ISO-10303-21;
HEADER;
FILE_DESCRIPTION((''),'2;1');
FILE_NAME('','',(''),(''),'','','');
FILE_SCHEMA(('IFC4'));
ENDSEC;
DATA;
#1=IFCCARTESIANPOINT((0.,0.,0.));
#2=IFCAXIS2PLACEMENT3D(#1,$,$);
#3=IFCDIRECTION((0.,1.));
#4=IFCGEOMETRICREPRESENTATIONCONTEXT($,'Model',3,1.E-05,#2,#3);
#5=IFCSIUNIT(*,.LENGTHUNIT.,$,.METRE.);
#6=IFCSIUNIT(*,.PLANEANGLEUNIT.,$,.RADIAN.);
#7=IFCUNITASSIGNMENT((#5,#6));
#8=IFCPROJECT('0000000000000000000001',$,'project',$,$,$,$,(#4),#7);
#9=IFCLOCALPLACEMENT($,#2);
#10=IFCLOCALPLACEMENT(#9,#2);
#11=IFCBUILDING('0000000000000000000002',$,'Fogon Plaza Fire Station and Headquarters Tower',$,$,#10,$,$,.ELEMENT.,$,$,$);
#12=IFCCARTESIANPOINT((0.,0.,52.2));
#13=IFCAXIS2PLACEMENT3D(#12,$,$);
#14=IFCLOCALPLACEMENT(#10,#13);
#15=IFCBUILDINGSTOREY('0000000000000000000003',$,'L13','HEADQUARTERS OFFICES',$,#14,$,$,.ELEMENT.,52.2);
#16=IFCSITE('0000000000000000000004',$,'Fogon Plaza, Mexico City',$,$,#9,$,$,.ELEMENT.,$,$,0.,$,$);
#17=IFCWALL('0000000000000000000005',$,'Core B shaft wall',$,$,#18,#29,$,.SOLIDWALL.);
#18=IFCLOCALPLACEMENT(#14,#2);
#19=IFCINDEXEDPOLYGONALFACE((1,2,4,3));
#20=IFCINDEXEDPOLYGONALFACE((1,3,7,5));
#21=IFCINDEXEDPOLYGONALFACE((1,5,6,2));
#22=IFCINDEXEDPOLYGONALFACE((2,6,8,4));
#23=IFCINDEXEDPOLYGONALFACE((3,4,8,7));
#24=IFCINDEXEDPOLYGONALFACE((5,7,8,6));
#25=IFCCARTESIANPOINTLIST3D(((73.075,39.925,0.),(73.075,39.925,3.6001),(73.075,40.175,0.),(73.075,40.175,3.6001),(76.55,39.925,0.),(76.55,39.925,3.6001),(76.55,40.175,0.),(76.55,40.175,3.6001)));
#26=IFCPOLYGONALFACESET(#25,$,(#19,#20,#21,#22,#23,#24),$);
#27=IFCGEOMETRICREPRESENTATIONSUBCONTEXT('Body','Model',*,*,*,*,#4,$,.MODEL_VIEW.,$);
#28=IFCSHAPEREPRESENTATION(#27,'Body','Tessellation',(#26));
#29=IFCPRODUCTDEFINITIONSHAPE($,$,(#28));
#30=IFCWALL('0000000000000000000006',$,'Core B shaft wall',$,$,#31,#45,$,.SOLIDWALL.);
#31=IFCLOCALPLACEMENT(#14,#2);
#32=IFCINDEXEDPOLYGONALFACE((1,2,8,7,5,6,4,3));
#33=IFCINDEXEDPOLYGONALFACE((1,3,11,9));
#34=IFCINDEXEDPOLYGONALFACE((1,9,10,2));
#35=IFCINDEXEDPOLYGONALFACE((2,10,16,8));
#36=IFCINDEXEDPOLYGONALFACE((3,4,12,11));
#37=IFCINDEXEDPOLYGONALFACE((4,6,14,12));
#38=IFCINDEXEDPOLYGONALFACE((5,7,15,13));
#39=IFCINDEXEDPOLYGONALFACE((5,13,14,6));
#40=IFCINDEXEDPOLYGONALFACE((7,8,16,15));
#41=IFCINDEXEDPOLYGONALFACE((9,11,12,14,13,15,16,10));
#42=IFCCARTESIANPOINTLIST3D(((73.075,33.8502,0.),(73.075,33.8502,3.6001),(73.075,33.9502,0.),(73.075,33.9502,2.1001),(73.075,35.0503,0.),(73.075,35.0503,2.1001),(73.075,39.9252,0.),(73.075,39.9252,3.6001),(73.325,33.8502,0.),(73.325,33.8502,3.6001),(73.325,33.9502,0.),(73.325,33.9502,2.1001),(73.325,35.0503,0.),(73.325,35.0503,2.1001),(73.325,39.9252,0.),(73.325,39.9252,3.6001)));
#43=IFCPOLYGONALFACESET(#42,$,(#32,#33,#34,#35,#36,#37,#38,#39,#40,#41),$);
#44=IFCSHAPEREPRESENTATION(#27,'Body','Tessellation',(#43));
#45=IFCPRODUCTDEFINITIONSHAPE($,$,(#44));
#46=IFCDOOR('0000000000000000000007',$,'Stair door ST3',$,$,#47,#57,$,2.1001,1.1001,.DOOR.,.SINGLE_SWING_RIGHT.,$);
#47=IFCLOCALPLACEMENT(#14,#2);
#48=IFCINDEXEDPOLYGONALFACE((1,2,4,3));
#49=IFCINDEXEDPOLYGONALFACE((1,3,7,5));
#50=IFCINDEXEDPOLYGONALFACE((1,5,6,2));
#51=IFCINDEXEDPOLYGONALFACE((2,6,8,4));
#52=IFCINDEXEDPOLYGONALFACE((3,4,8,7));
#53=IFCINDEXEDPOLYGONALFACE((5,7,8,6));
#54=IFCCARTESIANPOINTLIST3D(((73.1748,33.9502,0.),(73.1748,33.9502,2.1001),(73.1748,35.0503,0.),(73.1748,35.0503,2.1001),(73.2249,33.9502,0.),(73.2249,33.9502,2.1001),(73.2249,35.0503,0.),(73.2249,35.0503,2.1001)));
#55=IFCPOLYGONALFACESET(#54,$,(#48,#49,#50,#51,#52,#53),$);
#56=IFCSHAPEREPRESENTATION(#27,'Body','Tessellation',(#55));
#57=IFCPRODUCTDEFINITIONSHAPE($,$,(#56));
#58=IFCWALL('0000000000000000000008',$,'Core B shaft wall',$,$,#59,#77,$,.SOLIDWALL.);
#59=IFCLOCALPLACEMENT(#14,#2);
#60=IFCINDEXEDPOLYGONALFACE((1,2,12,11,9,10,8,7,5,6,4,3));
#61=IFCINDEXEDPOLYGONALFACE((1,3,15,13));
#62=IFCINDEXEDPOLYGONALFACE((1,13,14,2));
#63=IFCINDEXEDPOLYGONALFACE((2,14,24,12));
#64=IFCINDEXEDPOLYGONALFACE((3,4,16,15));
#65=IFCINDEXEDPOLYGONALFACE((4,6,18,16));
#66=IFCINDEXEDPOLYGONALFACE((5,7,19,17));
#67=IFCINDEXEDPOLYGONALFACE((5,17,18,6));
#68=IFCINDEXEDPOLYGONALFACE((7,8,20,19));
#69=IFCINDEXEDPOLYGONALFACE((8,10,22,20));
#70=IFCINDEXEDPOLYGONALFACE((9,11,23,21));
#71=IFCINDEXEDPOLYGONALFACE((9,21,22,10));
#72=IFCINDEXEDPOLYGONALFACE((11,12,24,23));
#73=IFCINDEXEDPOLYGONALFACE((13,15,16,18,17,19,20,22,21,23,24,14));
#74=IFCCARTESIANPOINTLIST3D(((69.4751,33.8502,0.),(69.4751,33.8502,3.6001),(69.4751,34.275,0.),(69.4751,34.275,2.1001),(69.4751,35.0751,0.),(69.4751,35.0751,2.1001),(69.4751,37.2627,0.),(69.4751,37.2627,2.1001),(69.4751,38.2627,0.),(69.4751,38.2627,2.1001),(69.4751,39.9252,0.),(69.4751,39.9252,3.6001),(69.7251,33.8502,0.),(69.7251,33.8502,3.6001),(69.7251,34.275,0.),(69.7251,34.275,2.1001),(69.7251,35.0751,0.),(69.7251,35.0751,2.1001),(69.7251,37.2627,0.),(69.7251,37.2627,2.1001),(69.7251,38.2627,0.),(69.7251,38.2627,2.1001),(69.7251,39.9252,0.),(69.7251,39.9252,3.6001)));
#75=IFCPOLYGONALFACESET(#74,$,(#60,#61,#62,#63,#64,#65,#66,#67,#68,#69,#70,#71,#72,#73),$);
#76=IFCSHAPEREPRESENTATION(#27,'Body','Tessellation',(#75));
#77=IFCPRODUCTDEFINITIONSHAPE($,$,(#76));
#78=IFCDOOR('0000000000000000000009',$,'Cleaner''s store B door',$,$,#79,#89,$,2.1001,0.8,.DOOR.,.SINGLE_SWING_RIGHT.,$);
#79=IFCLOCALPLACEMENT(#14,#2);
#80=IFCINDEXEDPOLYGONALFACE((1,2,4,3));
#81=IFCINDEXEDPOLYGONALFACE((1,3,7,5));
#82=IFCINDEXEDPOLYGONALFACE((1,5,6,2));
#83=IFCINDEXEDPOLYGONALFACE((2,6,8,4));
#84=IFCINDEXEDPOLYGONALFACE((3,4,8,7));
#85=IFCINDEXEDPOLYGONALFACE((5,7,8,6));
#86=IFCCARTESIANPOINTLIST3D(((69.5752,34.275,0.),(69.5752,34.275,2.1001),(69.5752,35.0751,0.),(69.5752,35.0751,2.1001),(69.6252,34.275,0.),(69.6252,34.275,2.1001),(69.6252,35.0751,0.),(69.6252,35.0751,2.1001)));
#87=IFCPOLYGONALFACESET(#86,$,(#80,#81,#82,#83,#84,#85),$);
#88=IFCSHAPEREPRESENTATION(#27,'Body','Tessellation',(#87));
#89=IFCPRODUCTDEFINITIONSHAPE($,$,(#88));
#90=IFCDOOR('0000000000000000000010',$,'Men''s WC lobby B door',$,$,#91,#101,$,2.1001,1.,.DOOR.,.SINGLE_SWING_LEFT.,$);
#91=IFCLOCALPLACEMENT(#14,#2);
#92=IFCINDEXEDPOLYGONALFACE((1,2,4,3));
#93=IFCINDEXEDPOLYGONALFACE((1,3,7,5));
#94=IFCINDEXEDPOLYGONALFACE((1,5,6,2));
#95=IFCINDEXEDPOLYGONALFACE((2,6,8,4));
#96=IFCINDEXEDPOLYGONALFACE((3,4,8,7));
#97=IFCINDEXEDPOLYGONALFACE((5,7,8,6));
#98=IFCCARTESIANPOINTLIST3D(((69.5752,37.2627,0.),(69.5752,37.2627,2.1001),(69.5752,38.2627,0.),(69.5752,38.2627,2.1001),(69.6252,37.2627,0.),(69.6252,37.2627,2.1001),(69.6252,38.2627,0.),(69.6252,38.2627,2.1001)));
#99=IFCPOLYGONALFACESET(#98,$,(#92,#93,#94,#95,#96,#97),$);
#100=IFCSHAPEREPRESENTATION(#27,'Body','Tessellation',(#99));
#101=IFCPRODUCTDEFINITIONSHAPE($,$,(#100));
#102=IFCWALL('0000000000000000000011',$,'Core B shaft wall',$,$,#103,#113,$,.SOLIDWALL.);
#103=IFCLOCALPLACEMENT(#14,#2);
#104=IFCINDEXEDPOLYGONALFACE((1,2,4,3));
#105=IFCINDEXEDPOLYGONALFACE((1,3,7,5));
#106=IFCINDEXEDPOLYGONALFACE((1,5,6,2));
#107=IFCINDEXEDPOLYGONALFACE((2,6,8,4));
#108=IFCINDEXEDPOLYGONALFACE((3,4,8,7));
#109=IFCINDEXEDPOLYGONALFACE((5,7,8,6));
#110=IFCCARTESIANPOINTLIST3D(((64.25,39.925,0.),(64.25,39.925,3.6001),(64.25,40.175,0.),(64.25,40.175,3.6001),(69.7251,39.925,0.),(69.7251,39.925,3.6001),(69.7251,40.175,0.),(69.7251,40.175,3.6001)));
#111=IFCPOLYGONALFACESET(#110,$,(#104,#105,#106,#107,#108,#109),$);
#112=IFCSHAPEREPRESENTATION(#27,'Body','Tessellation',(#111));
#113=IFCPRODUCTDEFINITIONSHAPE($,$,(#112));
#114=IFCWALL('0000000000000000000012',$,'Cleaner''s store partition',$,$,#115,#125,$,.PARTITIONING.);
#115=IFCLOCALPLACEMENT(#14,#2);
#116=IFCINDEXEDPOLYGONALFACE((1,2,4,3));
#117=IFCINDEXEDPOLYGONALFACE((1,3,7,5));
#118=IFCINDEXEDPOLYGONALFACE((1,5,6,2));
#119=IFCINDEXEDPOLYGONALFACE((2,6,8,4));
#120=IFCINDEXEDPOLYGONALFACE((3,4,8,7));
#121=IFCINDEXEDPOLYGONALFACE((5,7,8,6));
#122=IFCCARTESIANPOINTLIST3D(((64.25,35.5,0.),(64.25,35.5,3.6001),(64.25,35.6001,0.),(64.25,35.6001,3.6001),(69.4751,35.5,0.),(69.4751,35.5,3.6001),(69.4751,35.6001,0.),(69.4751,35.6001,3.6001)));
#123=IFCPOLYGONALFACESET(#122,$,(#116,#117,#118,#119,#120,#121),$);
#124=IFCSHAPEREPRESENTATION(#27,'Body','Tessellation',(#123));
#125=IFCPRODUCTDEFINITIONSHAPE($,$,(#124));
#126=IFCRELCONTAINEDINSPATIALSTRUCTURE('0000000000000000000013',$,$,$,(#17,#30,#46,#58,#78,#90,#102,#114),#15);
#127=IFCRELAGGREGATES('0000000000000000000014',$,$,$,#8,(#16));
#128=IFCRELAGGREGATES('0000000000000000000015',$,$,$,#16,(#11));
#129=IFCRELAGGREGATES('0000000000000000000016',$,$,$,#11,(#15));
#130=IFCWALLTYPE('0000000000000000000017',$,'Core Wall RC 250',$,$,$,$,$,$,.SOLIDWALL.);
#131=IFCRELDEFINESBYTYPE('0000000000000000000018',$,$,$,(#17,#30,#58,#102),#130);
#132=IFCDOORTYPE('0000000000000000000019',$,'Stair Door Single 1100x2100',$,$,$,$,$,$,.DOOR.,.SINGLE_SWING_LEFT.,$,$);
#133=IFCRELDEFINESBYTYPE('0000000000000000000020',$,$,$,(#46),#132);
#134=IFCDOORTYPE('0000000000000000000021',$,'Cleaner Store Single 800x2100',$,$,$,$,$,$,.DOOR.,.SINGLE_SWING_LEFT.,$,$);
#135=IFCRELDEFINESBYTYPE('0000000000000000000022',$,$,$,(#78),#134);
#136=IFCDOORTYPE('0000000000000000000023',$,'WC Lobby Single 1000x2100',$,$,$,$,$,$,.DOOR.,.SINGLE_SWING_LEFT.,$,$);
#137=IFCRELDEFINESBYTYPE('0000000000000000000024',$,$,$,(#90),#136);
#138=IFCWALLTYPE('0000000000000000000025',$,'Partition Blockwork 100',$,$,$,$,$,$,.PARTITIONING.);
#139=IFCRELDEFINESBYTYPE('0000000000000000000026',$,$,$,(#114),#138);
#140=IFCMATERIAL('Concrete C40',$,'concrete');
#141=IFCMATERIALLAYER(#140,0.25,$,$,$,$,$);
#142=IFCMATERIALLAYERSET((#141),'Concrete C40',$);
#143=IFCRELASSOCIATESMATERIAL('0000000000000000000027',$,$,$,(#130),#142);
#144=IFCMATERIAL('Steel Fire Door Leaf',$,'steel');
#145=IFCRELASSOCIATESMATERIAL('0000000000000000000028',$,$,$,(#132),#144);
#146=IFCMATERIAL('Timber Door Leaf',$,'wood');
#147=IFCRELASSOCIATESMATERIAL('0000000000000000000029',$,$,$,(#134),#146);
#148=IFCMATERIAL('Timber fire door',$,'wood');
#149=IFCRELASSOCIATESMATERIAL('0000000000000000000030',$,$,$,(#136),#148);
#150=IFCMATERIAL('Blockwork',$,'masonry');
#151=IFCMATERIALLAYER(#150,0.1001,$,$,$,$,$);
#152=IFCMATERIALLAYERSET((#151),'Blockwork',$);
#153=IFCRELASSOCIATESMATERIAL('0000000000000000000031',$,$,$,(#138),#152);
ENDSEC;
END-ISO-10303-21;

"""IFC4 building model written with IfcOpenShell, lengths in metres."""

from ifc_helpers import new_model, si_unit, direction, frame, frame_2d, origin, place, context, subcontext, project, spatial, rectangle, extrude, material, layer, layer_set, type_object, element, fill, save


model = new_model("IFC4")

# Units and contexts
model_context = context("Model", 3, precision=1e-05, world=origin(), true_north=direction((0.0, 1.0)))
body_context = subcontext(model_context, "Body", "Model", "MODEL_VIEW")
ifc_project = project(units=[si_unit("LENGTHUNIT", "METRE"), si_unit("PLANEANGLEUNIT", "RADIAN")], contexts=[model_context])

# Site, building, storey
site_placement = place(None, origin())
site = spatial("IfcSite", under=ifc_project, at=site_placement, Name="Fogon Plaza, Mexico City", CompositionType="ELEMENT", RefElevation=0.0)
building_placement = place(site_placement, origin())
building = spatial("IfcBuilding", under=site, at=building_placement, Name="Fogon Plaza Fire Station and Headquarters Tower", CompositionType="ELEMENT")
storey_placement = place(building_placement, frame((0.0, 0.0, 52.2)))
storey = spatial("IfcBuildingStorey", under=building, at=storey_placement, Name="L13", Description="HEADQUARTERS OFFICES", CompositionType="ELEMENT", Elevation=52.2)

# Wall
ifc_material_1 = material(Name="Concrete C40", Category="concrete")
ifc_layer_1 = layer(ifc_material_1, 0.25)
ifc_layer_set_1 = layer_set([ifc_layer_1], Name="Concrete C40")
wall_type_1 = type_object("IfcWallType", Name="Core Wall RC 250", PredefinedType="SOLIDWALL", material=ifc_layer_set_1)
wall_1_placement = place(storey_placement, frame((76.55, 40.05, 0.0), z_axis=(0.0, 0.0, 1.0), x_axis=(-1.0, 0.0, 0.0)))
element("IfcWall", 1, at=wall_1_placement, inside=storey, type_object=wall_type_1, Name="Core B shaft wall", PredefinedType="SOLIDWALL", context=body_context, shape_type="SweptSolid", body=[
    extrude(rectangle(XDim=3.4751, YDim=0.25, at=frame_2d((1.7375, 0.0))), origin(), (0.0, 0.0, 1.0), 3.6001),
])

# Wall, opening, door
wall_2_placement = place(storey_placement, frame((73.2, 33.8501, 0.0), z_axis=(0.0, 0.0, 1.0), x_axis=(0.0, 1.0, 0.0)))
wall_2 = element("IfcWall", 2, at=wall_2_placement, inside=storey, type_object=wall_type_1, Name="Core B shaft wall", PredefinedType="SOLIDWALL", context=body_context, shape_type="SweptSolid", body=[
    extrude(rectangle(XDim=6.075, YDim=0.25, at=frame_2d((3.0376, 0.0))), origin(), (0.0, 0.0, 1.0), 3.6001),
])
opening_1_placement = place(wall_2_placement, frame((0.1001, 0.0, 0.0)))
opening_1 = element("IfcOpeningElement", 3, at=opening_1_placement, cuts=wall_2, PredefinedType="OPENING", context=body_context, shape_type="SweptSolid", body=[
    extrude(rectangle(XDim=1.1001, YDim=2.1001, at=frame_2d((0.55, 1.05))), frame((0.0, 0.135, 0.0), z_axis=(0.0, -1.0, 0.0), x_axis=(1.0, 0.0, 0.0)), (0.0, 0.0, 1.0), 0.27),
])
ifc_material_2 = material(Name="Steel Fire Door Leaf", Category="steel")
door_type_1 = type_object("IfcDoorType", Name="Stair Door Single 1100x2100", OperationType="SINGLE_SWING_LEFT", PredefinedType="DOOR", material=ifc_material_2)
door_1_placement = place(opening_1_placement, frame((1.1001, 0.0, 0.0), z_axis=(0.0, 0.0, 1.0), x_axis=(-1.0, 0.0, 0.0)))
door_1 = element("IfcDoor", 4, at=door_1_placement, inside=storey, type_object=door_type_1, Name="Stair door ST3", OperationType="SINGLE_SWING_RIGHT", OverallHeight=2.1001, OverallWidth=1.1001, PredefinedType="DOOR", context=body_context, shape_type="SweptSolid", body=[
    extrude(rectangle(XDim=1.1001, YDim=2.1001, at=frame_2d((0.55, 1.05))), frame((0.0, 0.0249, 0.0), z_axis=(0.0, -1.0, 0.0), x_axis=(1.0, 0.0, 0.0)), (0.0, 0.0, 1.0), 0.05),
])
fill(opening_1, door_1)

# Wall, openings, doors
wall_3_placement = place(storey_placement, frame((69.6001, 33.8501, 0.0), z_axis=(0.0, 0.0, 1.0), x_axis=(0.0, 1.0, 0.0)))
wall_3 = element("IfcWall", 5, at=wall_3_placement, inside=storey, type_object=wall_type_1, Name="Core B shaft wall", PredefinedType="SOLIDWALL", context=body_context, shape_type="SweptSolid", body=[
    extrude(rectangle(XDim=6.075, YDim=0.25, at=frame_2d((3.0376, 0.0))), origin(), (0.0, 0.0, 1.0), 3.6001),
])
opening_2_placement = place(wall_3_placement, frame((0.425, 0.0, 0.0)))
opening_2 = element("IfcOpeningElement", 6, at=opening_2_placement, cuts=wall_3, PredefinedType="OPENING", context=body_context, shape_type="SweptSolid", body=[
    extrude(rectangle(XDim=0.8, YDim=2.1001, at=frame_2d((0.3999, 1.05))), frame((0.0, 0.135, 0.0), z_axis=(0.0, -1.0, 0.0), x_axis=(1.0, 0.0, 0.0)), (0.0, 0.0, 1.0), 0.27),
])
opening_3_placement = place(wall_3_placement, frame((3.4126, 0.0, 0.0)))
opening_3 = element("IfcOpeningElement", 7, at=opening_3_placement, cuts=wall_3, PredefinedType="OPENING", context=body_context, shape_type="SweptSolid", body=[
    extrude(rectangle(XDim=1.0, YDim=2.1001, at=frame_2d((0.5, 1.05))), frame((0.0, 0.135, 0.0), z_axis=(0.0, -1.0, 0.0), x_axis=(1.0, 0.0, 0.0)), (0.0, 0.0, 1.0), 0.27),
])
ifc_material_3 = material(Name="Timber Door Leaf", Category="wood")
door_type_2 = type_object("IfcDoorType", Name="Cleaner Store Single 800x2100", OperationType="SINGLE_SWING_LEFT", PredefinedType="DOOR", material=ifc_material_3)
door_2_placement = place(opening_2_placement, origin())
door_2 = element("IfcDoor", 8, at=door_2_placement, inside=storey, type_object=door_type_2, Name="Cleaner's store B door", OperationType="SINGLE_SWING_RIGHT", OverallHeight=2.1001, OverallWidth=0.8, PredefinedType="DOOR", context=body_context, shape_type="SweptSolid", body=[
    extrude(rectangle(XDim=0.8, YDim=2.1001, at=frame_2d((0.3999, 1.05))), frame((0.0, 0.0249, 0.0), z_axis=(0.0, -1.0, 0.0), x_axis=(1.0, 0.0, 0.0)), (0.0, 0.0, 1.0), 0.05),
])
fill(opening_2, door_2)
ifc_material_4 = material(Name="Timber fire door", Category="wood")
door_type_3 = type_object("IfcDoorType", Name="WC Lobby Single 1000x2100", OperationType="SINGLE_SWING_LEFT", PredefinedType="DOOR", material=ifc_material_4)
door_3_placement = place(opening_3_placement, origin())
door_3 = element("IfcDoor", 9, at=door_3_placement, inside=storey, type_object=door_type_3, Name="Men's WC lobby B door", OperationType="SINGLE_SWING_LEFT", OverallHeight=2.1001, OverallWidth=1.0, PredefinedType="DOOR", context=body_context, shape_type="SweptSolid", body=[
    extrude(rectangle(XDim=1.0, YDim=2.1001, at=frame_2d((0.5, 1.05))), frame((0.0, 0.0249, 0.0), z_axis=(0.0, -1.0, 0.0), x_axis=(1.0, 0.0, 0.0)), (0.0, 0.0, 1.0), 0.05),
])
fill(opening_3, door_3)

# Walls
wall_4_placement = place(storey_placement, frame((69.7251, 40.05, 0.0), z_axis=(0.0, 0.0, 1.0), x_axis=(-1.0, 0.0, 0.0)))
element("IfcWall", 10, at=wall_4_placement, inside=storey, type_object=wall_type_1, Name="Core B shaft wall", PredefinedType="SOLIDWALL", context=body_context, shape_type="SweptSolid", body=[
    extrude(rectangle(XDim=5.4751, YDim=0.25, at=frame_2d((2.7375, 0.0))), origin(), (0.0, 0.0, 1.0), 3.6001),
])
ifc_material_5 = material(Name="Blockwork", Category="masonry")
ifc_layer_2 = layer(ifc_material_5, 0.1001)
ifc_layer_set_2 = layer_set([ifc_layer_2], Name="Blockwork")
wall_type_2 = type_object("IfcWallType", Name="Partition Blockwork 100", PredefinedType="PARTITIONING", material=ifc_layer_set_2)
wall_5_placement = place(storey_placement, frame((69.4751, 35.55, 0.0), z_axis=(0.0, 0.0, 1.0), x_axis=(-1.0, 0.0, 0.0)))
element("IfcWall", 11, at=wall_5_placement, inside=storey, type_object=wall_type_2, Name="Cleaner's store partition", PredefinedType="PARTITIONING", context=body_context, shape_type="SweptSolid", body=[
    extrude(rectangle(XDim=5.2251, YDim=0.1001, at=frame_2d((2.6125, 0.0))), origin(), (0.0, 0.0, 1.0), 3.6001),
])

save(model, "model.ifc")
